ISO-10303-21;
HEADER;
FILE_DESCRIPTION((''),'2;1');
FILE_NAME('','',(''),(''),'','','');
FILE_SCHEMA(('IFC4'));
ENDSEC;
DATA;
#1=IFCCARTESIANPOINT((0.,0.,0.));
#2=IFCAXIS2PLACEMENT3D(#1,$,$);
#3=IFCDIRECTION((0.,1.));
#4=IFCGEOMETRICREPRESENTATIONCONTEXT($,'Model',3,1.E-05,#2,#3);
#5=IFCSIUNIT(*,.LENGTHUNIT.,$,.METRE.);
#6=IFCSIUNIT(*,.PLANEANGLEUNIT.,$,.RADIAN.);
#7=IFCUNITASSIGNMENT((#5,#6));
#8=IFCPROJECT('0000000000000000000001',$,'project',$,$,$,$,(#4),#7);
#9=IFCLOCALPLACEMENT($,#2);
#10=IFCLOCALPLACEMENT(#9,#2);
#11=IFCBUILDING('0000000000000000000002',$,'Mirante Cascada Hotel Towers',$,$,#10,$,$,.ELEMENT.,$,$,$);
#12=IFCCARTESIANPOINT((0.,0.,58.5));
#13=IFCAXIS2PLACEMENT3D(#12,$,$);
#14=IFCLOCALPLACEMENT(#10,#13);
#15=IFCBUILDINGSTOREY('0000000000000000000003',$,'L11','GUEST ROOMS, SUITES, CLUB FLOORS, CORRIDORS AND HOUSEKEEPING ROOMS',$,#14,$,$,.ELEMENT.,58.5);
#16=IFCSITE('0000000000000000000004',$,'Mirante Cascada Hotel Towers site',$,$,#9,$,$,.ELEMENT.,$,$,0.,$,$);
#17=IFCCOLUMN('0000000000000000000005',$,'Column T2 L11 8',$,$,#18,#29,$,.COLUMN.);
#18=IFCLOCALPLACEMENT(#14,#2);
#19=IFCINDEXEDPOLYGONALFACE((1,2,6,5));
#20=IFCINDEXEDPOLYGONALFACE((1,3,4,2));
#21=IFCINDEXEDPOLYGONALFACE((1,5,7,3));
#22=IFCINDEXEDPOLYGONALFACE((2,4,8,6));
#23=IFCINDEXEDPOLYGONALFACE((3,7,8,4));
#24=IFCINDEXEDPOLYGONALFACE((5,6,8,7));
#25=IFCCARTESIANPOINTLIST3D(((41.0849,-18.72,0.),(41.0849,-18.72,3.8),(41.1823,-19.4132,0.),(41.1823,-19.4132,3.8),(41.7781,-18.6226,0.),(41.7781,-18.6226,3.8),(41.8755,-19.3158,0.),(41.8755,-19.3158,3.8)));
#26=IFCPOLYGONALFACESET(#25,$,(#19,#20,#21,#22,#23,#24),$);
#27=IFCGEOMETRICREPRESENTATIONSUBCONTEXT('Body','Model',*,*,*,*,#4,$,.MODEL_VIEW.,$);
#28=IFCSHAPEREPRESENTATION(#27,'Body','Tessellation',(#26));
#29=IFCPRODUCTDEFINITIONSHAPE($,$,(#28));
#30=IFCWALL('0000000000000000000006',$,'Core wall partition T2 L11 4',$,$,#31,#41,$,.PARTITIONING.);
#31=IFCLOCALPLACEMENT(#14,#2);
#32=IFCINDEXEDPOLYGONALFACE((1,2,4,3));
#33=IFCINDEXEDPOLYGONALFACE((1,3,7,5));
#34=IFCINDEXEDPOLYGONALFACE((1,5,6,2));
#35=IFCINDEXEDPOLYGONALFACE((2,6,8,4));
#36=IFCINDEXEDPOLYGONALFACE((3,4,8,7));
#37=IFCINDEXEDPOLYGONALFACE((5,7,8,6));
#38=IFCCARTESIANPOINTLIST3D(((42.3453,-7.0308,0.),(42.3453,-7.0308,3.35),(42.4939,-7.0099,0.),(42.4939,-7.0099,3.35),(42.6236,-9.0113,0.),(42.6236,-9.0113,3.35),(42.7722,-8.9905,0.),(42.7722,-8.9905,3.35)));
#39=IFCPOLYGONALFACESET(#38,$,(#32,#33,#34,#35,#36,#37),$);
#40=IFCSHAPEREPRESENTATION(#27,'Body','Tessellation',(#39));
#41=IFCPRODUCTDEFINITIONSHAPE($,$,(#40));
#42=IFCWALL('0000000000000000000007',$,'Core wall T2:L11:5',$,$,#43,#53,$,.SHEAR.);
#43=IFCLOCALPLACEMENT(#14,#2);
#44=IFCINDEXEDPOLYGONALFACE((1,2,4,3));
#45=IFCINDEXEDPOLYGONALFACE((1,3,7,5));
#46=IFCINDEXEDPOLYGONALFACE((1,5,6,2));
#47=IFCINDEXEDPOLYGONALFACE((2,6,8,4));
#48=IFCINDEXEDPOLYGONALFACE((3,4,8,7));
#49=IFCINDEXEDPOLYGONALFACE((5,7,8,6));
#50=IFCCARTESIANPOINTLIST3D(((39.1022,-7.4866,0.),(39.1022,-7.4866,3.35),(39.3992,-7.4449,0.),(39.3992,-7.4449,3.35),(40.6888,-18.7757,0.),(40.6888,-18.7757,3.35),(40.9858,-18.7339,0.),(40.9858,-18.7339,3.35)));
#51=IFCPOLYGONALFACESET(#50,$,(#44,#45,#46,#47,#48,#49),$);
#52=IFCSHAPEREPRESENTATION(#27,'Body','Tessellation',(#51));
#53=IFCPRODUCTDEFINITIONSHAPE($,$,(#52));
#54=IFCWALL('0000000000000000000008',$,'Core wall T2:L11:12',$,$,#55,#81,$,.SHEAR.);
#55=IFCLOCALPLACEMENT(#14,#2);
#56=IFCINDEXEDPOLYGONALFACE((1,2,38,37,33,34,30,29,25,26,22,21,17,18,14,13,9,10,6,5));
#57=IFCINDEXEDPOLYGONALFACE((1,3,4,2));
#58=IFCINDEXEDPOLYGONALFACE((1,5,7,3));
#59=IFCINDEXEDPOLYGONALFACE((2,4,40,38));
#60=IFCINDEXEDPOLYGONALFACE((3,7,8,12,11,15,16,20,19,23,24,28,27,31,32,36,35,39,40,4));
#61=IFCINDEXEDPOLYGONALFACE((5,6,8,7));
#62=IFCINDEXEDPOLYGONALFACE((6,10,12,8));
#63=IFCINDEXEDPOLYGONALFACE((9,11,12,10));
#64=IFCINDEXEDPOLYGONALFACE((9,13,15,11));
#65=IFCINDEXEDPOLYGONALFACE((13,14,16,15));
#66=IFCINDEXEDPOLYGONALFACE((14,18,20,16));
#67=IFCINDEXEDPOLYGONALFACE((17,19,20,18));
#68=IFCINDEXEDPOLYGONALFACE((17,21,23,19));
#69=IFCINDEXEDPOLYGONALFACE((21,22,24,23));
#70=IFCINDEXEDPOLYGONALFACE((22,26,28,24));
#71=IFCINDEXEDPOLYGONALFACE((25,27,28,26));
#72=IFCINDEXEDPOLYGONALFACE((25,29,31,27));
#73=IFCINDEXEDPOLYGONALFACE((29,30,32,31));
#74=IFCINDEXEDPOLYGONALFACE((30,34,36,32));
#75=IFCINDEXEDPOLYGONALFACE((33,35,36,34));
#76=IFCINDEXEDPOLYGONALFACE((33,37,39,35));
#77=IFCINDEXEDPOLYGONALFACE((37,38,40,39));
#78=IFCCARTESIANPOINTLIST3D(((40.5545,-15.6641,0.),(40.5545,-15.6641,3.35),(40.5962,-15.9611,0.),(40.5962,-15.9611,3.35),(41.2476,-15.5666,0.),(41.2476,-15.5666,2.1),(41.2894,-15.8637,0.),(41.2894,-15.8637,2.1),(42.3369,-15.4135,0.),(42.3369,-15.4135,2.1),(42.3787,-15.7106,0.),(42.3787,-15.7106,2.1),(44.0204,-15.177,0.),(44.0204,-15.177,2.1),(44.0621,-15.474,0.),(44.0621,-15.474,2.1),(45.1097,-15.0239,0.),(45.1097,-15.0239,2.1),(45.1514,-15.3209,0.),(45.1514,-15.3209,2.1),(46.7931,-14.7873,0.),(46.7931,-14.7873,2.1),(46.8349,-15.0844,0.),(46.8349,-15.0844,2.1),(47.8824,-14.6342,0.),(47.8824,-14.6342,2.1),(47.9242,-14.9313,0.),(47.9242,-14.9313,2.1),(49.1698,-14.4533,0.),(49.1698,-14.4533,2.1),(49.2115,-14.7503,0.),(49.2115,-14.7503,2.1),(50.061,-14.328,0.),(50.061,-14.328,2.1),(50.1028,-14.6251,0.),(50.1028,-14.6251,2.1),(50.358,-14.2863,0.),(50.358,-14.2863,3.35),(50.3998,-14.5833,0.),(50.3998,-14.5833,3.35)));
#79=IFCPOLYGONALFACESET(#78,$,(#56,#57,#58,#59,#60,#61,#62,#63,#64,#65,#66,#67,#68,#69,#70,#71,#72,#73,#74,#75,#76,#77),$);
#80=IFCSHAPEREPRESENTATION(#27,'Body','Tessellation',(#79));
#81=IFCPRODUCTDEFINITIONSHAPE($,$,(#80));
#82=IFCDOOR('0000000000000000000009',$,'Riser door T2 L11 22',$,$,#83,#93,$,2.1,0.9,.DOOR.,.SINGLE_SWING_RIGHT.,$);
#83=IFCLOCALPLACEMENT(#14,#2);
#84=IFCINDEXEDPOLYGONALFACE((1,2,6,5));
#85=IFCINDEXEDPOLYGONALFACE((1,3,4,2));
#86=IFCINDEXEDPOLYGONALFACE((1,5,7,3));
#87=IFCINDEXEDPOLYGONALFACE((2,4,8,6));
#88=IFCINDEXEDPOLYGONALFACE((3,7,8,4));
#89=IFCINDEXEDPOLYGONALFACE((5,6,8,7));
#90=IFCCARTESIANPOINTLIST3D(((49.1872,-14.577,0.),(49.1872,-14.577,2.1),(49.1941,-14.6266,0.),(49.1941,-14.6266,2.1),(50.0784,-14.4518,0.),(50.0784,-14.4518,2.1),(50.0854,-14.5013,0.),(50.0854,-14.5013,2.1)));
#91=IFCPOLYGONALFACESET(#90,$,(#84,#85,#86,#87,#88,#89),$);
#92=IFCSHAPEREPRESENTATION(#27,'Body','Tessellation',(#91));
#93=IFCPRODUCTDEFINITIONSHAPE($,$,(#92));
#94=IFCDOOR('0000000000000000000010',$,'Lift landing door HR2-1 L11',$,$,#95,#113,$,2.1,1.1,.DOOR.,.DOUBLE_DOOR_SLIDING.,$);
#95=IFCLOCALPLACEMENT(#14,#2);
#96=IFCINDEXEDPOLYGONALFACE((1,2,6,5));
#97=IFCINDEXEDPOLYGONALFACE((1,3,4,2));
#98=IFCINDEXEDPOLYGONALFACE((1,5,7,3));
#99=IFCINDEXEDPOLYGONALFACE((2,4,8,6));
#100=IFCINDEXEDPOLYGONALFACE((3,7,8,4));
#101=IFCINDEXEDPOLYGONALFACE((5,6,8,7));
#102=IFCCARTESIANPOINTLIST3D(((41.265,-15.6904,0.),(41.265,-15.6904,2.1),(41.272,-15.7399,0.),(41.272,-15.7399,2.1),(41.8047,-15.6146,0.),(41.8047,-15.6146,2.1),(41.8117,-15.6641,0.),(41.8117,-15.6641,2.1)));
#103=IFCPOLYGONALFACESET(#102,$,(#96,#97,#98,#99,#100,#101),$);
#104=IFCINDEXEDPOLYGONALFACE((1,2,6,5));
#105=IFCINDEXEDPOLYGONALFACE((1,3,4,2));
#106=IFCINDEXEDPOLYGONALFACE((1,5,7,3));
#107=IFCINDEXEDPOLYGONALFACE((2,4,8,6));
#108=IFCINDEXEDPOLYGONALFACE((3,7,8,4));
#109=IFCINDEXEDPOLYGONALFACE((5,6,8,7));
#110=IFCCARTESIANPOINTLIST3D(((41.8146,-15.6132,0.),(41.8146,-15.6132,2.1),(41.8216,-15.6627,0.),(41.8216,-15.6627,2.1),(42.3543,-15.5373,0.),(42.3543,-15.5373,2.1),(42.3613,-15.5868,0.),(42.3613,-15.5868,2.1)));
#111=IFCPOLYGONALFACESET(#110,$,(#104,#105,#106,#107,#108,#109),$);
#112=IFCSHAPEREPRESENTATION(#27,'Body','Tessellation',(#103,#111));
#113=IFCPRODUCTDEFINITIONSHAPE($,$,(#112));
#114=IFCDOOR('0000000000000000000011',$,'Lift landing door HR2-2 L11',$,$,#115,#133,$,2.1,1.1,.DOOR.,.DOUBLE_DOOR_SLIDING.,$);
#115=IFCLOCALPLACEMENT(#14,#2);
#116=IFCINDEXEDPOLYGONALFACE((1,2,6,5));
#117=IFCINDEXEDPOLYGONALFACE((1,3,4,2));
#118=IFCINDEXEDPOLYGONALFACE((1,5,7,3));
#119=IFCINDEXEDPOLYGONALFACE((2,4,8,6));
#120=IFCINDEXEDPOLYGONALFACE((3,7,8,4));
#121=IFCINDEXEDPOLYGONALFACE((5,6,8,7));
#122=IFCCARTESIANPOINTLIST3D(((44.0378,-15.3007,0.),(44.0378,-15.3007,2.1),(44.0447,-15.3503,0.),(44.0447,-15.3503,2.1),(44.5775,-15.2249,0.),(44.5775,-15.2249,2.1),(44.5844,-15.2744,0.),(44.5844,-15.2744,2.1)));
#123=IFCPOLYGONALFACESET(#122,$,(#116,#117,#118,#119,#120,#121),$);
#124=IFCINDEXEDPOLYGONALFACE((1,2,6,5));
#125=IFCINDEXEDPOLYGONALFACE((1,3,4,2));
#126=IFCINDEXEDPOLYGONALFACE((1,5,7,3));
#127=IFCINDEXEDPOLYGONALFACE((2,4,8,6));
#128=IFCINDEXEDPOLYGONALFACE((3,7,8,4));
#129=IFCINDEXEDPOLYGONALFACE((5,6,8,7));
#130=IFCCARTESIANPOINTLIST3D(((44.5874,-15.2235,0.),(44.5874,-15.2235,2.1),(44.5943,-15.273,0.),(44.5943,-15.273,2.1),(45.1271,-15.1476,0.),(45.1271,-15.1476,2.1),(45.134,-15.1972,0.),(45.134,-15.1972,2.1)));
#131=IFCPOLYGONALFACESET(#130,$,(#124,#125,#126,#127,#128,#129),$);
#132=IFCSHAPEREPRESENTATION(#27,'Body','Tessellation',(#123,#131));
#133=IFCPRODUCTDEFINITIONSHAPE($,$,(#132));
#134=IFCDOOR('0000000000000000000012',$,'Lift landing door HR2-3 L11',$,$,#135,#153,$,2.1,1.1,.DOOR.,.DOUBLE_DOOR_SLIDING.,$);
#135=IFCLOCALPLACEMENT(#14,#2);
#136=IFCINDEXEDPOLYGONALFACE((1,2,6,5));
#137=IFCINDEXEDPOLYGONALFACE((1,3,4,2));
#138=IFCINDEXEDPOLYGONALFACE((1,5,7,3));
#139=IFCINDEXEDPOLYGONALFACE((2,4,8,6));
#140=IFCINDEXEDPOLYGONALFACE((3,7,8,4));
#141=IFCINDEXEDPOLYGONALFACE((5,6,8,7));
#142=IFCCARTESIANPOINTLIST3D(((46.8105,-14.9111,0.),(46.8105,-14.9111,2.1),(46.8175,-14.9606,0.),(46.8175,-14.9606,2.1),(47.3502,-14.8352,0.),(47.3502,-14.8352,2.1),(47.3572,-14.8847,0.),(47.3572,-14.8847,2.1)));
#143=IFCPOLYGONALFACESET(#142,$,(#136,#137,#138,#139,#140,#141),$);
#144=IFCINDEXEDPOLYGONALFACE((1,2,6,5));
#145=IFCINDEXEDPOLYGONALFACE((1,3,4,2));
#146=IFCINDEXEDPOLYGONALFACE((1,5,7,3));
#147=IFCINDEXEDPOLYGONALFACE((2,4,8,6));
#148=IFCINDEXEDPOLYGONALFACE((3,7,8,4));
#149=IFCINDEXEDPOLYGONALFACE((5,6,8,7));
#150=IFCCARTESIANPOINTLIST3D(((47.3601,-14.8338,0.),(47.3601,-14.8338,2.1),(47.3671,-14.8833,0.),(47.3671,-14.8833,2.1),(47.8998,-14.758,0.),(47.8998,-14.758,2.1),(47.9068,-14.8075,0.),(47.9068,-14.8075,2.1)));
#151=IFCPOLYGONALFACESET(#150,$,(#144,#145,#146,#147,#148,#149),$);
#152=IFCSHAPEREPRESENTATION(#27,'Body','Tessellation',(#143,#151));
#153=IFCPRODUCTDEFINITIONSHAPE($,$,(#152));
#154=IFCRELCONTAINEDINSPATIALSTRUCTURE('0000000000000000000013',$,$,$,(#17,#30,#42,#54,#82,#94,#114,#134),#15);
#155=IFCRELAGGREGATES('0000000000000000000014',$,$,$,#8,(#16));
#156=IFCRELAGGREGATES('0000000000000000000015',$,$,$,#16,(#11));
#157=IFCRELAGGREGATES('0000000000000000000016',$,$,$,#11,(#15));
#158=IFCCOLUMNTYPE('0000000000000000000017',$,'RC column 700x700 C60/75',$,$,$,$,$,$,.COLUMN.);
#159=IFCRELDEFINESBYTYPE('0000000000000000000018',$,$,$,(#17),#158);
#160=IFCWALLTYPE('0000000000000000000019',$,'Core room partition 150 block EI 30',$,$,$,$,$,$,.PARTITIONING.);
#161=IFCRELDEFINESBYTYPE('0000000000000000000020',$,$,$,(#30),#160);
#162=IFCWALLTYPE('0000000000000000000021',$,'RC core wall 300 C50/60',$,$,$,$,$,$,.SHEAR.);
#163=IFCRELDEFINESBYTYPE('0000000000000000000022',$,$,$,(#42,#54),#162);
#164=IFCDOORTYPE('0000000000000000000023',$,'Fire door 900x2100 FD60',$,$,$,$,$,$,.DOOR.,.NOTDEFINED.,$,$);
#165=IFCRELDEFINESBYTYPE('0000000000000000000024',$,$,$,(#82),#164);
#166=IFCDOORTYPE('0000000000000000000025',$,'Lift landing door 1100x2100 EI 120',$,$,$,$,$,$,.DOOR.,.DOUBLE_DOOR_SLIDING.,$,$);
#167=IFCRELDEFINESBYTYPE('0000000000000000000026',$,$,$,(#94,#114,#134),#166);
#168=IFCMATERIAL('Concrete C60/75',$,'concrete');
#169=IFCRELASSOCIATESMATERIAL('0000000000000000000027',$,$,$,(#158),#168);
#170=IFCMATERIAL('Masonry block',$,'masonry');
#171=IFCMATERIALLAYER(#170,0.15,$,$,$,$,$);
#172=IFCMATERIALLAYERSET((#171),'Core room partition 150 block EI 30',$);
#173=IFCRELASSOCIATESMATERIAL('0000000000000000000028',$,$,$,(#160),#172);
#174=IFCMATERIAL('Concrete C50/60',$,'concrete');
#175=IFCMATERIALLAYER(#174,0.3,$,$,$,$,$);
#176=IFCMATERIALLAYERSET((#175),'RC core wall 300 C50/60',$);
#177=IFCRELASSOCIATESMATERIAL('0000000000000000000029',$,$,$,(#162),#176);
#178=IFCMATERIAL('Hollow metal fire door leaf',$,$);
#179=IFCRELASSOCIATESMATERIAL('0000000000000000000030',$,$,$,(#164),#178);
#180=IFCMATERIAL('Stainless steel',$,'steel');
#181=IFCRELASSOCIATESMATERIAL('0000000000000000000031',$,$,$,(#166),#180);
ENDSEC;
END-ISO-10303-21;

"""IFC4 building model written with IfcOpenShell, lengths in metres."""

from ifc_helpers import new_model, si_unit, direction, frame, frame_2d, origin, origin_2d, place, context, subcontext, project, spatial, rectangle, extrude, material, layer, layer_set, material_profile, profile_set, type_object, element, fill, save


model = new_model("IFC4")

# Units and contexts
model_context = context("Model", 3, precision=1e-05, world=origin(), true_north=direction((0.0, 1.0)))
body_context = subcontext(model_context, "Body", "Model", "MODEL_VIEW")
ifc_project = project(units=[si_unit("LENGTHUNIT", "METRE"), si_unit("PLANEANGLEUNIT", "RADIAN")], contexts=[model_context])

# Site, building, storey
site_placement = place(None, origin())
site = spatial("IfcSite", under=ifc_project, at=site_placement, Name="Mirante Cascada Hotel Towers site", CompositionType="ELEMENT", RefElevation=0.0)
building_placement = place(site_placement, origin())
building = spatial("IfcBuilding", under=site, at=building_placement, Name="Mirante Cascada Hotel Towers", CompositionType="ELEMENT")
storey_placement = place(building_placement, frame((0.0, 0.0, 58.5)))
storey = spatial("IfcBuildingStorey", under=building, at=storey_placement, Name="L11", Description="GUEST ROOMS, SUITES, CLUB FLOORS, CORRIDORS AND HOUSEKEEPING ROOMS", CompositionType="ELEMENT", Elevation=58.5)

# Column
ifc_material_1 = material(Name="Concrete C60/75", Category="concrete")
ifc_material_profile = material_profile(ifc_material_1, rectangle(XDim=0.7, YDim=0.7, at=origin_2d()), Name="RC column 700x700 C60/75")
ifc_profile_set = profile_set([ifc_material_profile], Name="Concrete C60/75")
column_type = type_object("IfcColumnType", Name="RC column 700x700 C60/75", PredefinedType="COLUMN", material=ifc_profile_set)
column_placement = place(storey_placement, frame((41.4802, -19.0179, 0.0), z_axis=(0.0, 0.0, 1.0), x_axis=(0.990268, 0.139173, 0.0)))
element("IfcColumn", 1, at=column_placement, inside=storey, type_object=column_type, Name="Column T2 L11 8", PredefinedType="COLUMN", context=body_context, shape_type="SweptSolid", body=[
    extrude(rectangle(XDim=0.7, YDim=0.7, at=origin_2d()), origin(), (0.0, 0.0, 1.0), 3.8),
])

# Walls
ifc_material_2 = material(Name="Masonry block", Category="masonry")
ifc_layer_1 = layer(ifc_material_2, 0.15)
ifc_layer_set_1 = layer_set([ifc_layer_1], Name="Core room partition 150 block EI 30")
wall_type_1 = type_object("IfcWallType", Name="Core room partition 150 block EI 30", PredefinedType="PARTITIONING", material=ifc_layer_set_1)
wall_1_placement = place(storey_placement, frame((42.6979, -9.0009, 0.0), z_axis=(0.0, 0.0, 1.0), x_axis=(-0.139153, 0.990271, 0.0)))
element("IfcWall", 2, at=wall_1_placement, inside=storey, type_object=wall_type_1, Name="Core wall partition T2 L11 4", PredefinedType="PARTITIONING", context=body_context, shape_type="SweptSolid", body=[
    extrude(rectangle(XDim=2.0, YDim=0.15, at=frame_2d((1.0, 0.0))), origin(), (0.0, 0.0, 1.0), 3.35),
])
ifc_material_3 = material(Name="Concrete C50/60", Category="concrete")
ifc_layer_2 = layer(ifc_material_3, 0.3)
ifc_layer_set_2 = layer_set([ifc_layer_2], Name="RC core wall 300 C50/60")
wall_type_2 = type_object("IfcWallType", Name="RC core wall 300 C50/60", PredefinedType="SHEAR", material=ifc_layer_set_2)
wall_2_placement = place(storey_placement, frame((40.8373, -18.7548, 0.0), z_axis=(0.0, 0.0, 1.0), x_axis=(-0.139175, 0.990268, 0.0)))
element("IfcWall", 3, at=wall_2_placement, inside=storey, type_object=wall_type_2, Name="Core wall T2:L11:5", PredefinedType="SHEAR", context=body_context, shape_type="SweptSolid", body=[
    extrude(rectangle(XDim=11.4, YDim=0.3, at=frame_2d((5.7, 0.0))), origin(), (0.0, 0.0, 1.0), 3.35),
])

# Wall, openings, doors
wall_3_placement = place(storey_placement, frame((40.5753, -15.8126, 0.0), z_axis=(0.0, 0.0, 1.0), x_axis=(0.990268, 0.139173, 0.0)))
wall_3 = element("IfcWall", 4, at=wall_3_placement, inside=storey, type_object=wall_type_2, Name="Core wall T2:L11:12", PredefinedType="SHEAR", context=body_context, shape_type="SweptSolid", body=[
    extrude(rectangle(XDim=9.8999, YDim=0.3, at=frame_2d((4.95, 0.0))), origin(), (0.0, 0.0, 1.0), 3.35),
])
opening_1_placement = place(wall_3_placement, frame((0.7, 0.0, 0.0)))
opening_1 = element("IfcOpeningElement", 5, at=opening_1_placement, cuts=wall_3, PredefinedType="OPENING", context=body_context, shape_type="SweptSolid", body=[
    extrude(rectangle(XDim=1.1, YDim=2.1, at=frame_2d((0.55, 1.05))), frame((0.0, 0.15, 0.0), z_axis=(0.0, -1.0, 0.0), x_axis=(1.0, 0.0, 0.0)), (0.0, 0.0, 1.0), 0.3),
])
opening_2_placement = place(wall_3_placement, frame((3.5, 0.0, 0.0)))
opening_2 = element("IfcOpeningElement", 6, at=opening_2_placement, cuts=wall_3, PredefinedType="OPENING", context=body_context, shape_type="SweptSolid", body=[
    extrude(rectangle(XDim=1.1, YDim=2.1, at=frame_2d((0.55, 1.05))), frame((0.0, 0.15, 0.0), z_axis=(0.0, -1.0, 0.0), x_axis=(1.0, 0.0, 0.0)), (0.0, 0.0, 1.0), 0.3),
])
opening_3_placement = place(wall_3_placement, frame((6.3, 0.0, 0.0)))
opening_3 = element("IfcOpeningElement", 7, at=opening_3_placement, cuts=wall_3, PredefinedType="OPENING", context=body_context, shape_type="SweptSolid", body=[
    extrude(rectangle(XDim=1.1, YDim=2.1, at=frame_2d((0.55, 1.05))), frame((0.0, 0.15, 0.0), z_axis=(0.0, -1.0, 0.0), x_axis=(1.0, 0.0, 0.0)), (0.0, 0.0, 1.0), 0.3),
])
opening_4_placement = place(wall_3_placement, frame((8.7, 0.0, 0.0)))
opening_4 = element("IfcOpeningElement", 8, at=opening_4_placement, cuts=wall_3, PredefinedType="OPENING", context=body_context, shape_type="SweptSolid", body=[
    extrude(rectangle(XDim=0.9, YDim=2.1, at=frame_2d((0.45, 1.05))), frame((0.0, 0.15, 0.0), z_axis=(0.0, -1.0, 0.0), x_axis=(1.0, 0.0, 0.0)), (0.0, 0.0, 1.0), 0.3),
])
ifc_material_4 = material(Name="Hollow metal fire door leaf")
door_type_1 = type_object("IfcDoorType", Name="Fire door 900x2100 FD60", OperationType="NOTDEFINED", PredefinedType="DOOR", material=ifc_material_4)
door_1_placement = place(opening_4_placement, frame((0.9, 0.0, 0.0), z_axis=(0.0, 0.0, 1.0), x_axis=(-1.0, 0.0, 0.0)))
door_1 = element("IfcDoor", 9, at=door_1_placement, inside=storey, type_object=door_type_1, Name="Riser door T2 L11 22", OperationType="SINGLE_SWING_RIGHT", OverallHeight=2.1, OverallWidth=0.9, PredefinedType="DOOR", context=body_context, shape_type="SweptSolid", body=[
    extrude(rectangle(XDim=0.9, YDim=2.1, at=frame_2d((0.45, 1.05))), frame((0.0, 0.025, 0.0), z_axis=(0.0, -1.0, 0.0), x_axis=(1.0, 0.0, 0.0)), (0.0, 0.0, 1.0), 0.05),
])
fill(opening_4, door_1)
ifc_material_5 = material(Name="Stainless steel", Category="steel")
door_type_2 = type_object("IfcDoorType", Name="Lift landing door 1100x2100 EI 120", OperationType="DOUBLE_DOOR_SLIDING", PredefinedType="DOOR", material=ifc_material_5)
door_2_placement = place(opening_1_placement, origin())
door_2 = element("IfcDoor", 10, at=door_2_placement, inside=storey, type_object=door_type_2, Name="Lift landing door HR2-1 L11", OperationType="DOUBLE_DOOR_SLIDING", OverallHeight=2.1, OverallWidth=1.1, PredefinedType="DOOR", context=body_context, shape_type="SweptSolid", body=[
    extrude(rectangle(XDim=0.545, YDim=2.1, at=frame_2d((0.2725, 1.05))), frame((0.0, 0.025, 0.0), z_axis=(0.0, -1.0, 0.0), x_axis=(1.0, 0.0, 0.0)), (0.0, 0.0, 1.0), 0.05),
    extrude(rectangle(XDim=0.545, YDim=2.1, at=frame_2d((0.8275, 1.05))), frame((0.0, 0.025, 0.0), z_axis=(0.0, -1.0, 0.0), x_axis=(1.0, 0.0, 0.0)), (0.0, 0.0, 1.0), 0.05),
])
fill(opening_1, door_2)
door_3_placement = place(opening_2_placement, origin())
door_3 = element("IfcDoor", 11, at=door_3_placement, inside=storey, type_object=door_type_2, Name="Lift landing door HR2-2 L11", OperationType="DOUBLE_DOOR_SLIDING", OverallHeight=2.1, OverallWidth=1.1, PredefinedType="DOOR", context=body_context, shape_type="SweptSolid", body=[
    extrude(rectangle(XDim=0.545, YDim=2.1, at=frame_2d((0.2725, 1.05))), frame((0.0, 0.025, 0.0), z_axis=(0.0, -1.0, 0.0), x_axis=(1.0, 0.0, 0.0)), (0.0, 0.0, 1.0), 0.05),
    extrude(rectangle(XDim=0.545, YDim=2.1, at=frame_2d((0.8275, 1.05))), frame((0.0, 0.025, 0.0), z_axis=(0.0, -1.0, 0.0), x_axis=(1.0, 0.0, 0.0)), (0.0, 0.0, 1.0), 0.05),
])
fill(opening_2, door_3)
door_4_placement = place(opening_3_placement, origin())
door_4 = element("IfcDoor", 12, at=door_4_placement, inside=storey, type_object=door_type_2, Name="Lift landing door HR2-3 L11", OperationType="DOUBLE_DOOR_SLIDING", OverallHeight=2.1, OverallWidth=1.1, PredefinedType="DOOR", context=body_context, shape_type="SweptSolid", body=[
    extrude(rectangle(XDim=0.545, YDim=2.1, at=frame_2d((0.2725, 1.05))), frame((0.0, 0.025, 0.0), z_axis=(0.0, -1.0, 0.0), x_axis=(1.0, 0.0, 0.0)), (0.0, 0.0, 1.0), 0.05),
    extrude(rectangle(XDim=0.545, YDim=2.1, at=frame_2d((0.8275, 1.05))), frame((0.0, 0.025, 0.0), z_axis=(0.0, -1.0, 0.0), x_axis=(1.0, 0.0, 0.0)), (0.0, 0.0, 1.0), 0.05),
])
fill(opening_3, door_4)

save(model, "model.ifc")
